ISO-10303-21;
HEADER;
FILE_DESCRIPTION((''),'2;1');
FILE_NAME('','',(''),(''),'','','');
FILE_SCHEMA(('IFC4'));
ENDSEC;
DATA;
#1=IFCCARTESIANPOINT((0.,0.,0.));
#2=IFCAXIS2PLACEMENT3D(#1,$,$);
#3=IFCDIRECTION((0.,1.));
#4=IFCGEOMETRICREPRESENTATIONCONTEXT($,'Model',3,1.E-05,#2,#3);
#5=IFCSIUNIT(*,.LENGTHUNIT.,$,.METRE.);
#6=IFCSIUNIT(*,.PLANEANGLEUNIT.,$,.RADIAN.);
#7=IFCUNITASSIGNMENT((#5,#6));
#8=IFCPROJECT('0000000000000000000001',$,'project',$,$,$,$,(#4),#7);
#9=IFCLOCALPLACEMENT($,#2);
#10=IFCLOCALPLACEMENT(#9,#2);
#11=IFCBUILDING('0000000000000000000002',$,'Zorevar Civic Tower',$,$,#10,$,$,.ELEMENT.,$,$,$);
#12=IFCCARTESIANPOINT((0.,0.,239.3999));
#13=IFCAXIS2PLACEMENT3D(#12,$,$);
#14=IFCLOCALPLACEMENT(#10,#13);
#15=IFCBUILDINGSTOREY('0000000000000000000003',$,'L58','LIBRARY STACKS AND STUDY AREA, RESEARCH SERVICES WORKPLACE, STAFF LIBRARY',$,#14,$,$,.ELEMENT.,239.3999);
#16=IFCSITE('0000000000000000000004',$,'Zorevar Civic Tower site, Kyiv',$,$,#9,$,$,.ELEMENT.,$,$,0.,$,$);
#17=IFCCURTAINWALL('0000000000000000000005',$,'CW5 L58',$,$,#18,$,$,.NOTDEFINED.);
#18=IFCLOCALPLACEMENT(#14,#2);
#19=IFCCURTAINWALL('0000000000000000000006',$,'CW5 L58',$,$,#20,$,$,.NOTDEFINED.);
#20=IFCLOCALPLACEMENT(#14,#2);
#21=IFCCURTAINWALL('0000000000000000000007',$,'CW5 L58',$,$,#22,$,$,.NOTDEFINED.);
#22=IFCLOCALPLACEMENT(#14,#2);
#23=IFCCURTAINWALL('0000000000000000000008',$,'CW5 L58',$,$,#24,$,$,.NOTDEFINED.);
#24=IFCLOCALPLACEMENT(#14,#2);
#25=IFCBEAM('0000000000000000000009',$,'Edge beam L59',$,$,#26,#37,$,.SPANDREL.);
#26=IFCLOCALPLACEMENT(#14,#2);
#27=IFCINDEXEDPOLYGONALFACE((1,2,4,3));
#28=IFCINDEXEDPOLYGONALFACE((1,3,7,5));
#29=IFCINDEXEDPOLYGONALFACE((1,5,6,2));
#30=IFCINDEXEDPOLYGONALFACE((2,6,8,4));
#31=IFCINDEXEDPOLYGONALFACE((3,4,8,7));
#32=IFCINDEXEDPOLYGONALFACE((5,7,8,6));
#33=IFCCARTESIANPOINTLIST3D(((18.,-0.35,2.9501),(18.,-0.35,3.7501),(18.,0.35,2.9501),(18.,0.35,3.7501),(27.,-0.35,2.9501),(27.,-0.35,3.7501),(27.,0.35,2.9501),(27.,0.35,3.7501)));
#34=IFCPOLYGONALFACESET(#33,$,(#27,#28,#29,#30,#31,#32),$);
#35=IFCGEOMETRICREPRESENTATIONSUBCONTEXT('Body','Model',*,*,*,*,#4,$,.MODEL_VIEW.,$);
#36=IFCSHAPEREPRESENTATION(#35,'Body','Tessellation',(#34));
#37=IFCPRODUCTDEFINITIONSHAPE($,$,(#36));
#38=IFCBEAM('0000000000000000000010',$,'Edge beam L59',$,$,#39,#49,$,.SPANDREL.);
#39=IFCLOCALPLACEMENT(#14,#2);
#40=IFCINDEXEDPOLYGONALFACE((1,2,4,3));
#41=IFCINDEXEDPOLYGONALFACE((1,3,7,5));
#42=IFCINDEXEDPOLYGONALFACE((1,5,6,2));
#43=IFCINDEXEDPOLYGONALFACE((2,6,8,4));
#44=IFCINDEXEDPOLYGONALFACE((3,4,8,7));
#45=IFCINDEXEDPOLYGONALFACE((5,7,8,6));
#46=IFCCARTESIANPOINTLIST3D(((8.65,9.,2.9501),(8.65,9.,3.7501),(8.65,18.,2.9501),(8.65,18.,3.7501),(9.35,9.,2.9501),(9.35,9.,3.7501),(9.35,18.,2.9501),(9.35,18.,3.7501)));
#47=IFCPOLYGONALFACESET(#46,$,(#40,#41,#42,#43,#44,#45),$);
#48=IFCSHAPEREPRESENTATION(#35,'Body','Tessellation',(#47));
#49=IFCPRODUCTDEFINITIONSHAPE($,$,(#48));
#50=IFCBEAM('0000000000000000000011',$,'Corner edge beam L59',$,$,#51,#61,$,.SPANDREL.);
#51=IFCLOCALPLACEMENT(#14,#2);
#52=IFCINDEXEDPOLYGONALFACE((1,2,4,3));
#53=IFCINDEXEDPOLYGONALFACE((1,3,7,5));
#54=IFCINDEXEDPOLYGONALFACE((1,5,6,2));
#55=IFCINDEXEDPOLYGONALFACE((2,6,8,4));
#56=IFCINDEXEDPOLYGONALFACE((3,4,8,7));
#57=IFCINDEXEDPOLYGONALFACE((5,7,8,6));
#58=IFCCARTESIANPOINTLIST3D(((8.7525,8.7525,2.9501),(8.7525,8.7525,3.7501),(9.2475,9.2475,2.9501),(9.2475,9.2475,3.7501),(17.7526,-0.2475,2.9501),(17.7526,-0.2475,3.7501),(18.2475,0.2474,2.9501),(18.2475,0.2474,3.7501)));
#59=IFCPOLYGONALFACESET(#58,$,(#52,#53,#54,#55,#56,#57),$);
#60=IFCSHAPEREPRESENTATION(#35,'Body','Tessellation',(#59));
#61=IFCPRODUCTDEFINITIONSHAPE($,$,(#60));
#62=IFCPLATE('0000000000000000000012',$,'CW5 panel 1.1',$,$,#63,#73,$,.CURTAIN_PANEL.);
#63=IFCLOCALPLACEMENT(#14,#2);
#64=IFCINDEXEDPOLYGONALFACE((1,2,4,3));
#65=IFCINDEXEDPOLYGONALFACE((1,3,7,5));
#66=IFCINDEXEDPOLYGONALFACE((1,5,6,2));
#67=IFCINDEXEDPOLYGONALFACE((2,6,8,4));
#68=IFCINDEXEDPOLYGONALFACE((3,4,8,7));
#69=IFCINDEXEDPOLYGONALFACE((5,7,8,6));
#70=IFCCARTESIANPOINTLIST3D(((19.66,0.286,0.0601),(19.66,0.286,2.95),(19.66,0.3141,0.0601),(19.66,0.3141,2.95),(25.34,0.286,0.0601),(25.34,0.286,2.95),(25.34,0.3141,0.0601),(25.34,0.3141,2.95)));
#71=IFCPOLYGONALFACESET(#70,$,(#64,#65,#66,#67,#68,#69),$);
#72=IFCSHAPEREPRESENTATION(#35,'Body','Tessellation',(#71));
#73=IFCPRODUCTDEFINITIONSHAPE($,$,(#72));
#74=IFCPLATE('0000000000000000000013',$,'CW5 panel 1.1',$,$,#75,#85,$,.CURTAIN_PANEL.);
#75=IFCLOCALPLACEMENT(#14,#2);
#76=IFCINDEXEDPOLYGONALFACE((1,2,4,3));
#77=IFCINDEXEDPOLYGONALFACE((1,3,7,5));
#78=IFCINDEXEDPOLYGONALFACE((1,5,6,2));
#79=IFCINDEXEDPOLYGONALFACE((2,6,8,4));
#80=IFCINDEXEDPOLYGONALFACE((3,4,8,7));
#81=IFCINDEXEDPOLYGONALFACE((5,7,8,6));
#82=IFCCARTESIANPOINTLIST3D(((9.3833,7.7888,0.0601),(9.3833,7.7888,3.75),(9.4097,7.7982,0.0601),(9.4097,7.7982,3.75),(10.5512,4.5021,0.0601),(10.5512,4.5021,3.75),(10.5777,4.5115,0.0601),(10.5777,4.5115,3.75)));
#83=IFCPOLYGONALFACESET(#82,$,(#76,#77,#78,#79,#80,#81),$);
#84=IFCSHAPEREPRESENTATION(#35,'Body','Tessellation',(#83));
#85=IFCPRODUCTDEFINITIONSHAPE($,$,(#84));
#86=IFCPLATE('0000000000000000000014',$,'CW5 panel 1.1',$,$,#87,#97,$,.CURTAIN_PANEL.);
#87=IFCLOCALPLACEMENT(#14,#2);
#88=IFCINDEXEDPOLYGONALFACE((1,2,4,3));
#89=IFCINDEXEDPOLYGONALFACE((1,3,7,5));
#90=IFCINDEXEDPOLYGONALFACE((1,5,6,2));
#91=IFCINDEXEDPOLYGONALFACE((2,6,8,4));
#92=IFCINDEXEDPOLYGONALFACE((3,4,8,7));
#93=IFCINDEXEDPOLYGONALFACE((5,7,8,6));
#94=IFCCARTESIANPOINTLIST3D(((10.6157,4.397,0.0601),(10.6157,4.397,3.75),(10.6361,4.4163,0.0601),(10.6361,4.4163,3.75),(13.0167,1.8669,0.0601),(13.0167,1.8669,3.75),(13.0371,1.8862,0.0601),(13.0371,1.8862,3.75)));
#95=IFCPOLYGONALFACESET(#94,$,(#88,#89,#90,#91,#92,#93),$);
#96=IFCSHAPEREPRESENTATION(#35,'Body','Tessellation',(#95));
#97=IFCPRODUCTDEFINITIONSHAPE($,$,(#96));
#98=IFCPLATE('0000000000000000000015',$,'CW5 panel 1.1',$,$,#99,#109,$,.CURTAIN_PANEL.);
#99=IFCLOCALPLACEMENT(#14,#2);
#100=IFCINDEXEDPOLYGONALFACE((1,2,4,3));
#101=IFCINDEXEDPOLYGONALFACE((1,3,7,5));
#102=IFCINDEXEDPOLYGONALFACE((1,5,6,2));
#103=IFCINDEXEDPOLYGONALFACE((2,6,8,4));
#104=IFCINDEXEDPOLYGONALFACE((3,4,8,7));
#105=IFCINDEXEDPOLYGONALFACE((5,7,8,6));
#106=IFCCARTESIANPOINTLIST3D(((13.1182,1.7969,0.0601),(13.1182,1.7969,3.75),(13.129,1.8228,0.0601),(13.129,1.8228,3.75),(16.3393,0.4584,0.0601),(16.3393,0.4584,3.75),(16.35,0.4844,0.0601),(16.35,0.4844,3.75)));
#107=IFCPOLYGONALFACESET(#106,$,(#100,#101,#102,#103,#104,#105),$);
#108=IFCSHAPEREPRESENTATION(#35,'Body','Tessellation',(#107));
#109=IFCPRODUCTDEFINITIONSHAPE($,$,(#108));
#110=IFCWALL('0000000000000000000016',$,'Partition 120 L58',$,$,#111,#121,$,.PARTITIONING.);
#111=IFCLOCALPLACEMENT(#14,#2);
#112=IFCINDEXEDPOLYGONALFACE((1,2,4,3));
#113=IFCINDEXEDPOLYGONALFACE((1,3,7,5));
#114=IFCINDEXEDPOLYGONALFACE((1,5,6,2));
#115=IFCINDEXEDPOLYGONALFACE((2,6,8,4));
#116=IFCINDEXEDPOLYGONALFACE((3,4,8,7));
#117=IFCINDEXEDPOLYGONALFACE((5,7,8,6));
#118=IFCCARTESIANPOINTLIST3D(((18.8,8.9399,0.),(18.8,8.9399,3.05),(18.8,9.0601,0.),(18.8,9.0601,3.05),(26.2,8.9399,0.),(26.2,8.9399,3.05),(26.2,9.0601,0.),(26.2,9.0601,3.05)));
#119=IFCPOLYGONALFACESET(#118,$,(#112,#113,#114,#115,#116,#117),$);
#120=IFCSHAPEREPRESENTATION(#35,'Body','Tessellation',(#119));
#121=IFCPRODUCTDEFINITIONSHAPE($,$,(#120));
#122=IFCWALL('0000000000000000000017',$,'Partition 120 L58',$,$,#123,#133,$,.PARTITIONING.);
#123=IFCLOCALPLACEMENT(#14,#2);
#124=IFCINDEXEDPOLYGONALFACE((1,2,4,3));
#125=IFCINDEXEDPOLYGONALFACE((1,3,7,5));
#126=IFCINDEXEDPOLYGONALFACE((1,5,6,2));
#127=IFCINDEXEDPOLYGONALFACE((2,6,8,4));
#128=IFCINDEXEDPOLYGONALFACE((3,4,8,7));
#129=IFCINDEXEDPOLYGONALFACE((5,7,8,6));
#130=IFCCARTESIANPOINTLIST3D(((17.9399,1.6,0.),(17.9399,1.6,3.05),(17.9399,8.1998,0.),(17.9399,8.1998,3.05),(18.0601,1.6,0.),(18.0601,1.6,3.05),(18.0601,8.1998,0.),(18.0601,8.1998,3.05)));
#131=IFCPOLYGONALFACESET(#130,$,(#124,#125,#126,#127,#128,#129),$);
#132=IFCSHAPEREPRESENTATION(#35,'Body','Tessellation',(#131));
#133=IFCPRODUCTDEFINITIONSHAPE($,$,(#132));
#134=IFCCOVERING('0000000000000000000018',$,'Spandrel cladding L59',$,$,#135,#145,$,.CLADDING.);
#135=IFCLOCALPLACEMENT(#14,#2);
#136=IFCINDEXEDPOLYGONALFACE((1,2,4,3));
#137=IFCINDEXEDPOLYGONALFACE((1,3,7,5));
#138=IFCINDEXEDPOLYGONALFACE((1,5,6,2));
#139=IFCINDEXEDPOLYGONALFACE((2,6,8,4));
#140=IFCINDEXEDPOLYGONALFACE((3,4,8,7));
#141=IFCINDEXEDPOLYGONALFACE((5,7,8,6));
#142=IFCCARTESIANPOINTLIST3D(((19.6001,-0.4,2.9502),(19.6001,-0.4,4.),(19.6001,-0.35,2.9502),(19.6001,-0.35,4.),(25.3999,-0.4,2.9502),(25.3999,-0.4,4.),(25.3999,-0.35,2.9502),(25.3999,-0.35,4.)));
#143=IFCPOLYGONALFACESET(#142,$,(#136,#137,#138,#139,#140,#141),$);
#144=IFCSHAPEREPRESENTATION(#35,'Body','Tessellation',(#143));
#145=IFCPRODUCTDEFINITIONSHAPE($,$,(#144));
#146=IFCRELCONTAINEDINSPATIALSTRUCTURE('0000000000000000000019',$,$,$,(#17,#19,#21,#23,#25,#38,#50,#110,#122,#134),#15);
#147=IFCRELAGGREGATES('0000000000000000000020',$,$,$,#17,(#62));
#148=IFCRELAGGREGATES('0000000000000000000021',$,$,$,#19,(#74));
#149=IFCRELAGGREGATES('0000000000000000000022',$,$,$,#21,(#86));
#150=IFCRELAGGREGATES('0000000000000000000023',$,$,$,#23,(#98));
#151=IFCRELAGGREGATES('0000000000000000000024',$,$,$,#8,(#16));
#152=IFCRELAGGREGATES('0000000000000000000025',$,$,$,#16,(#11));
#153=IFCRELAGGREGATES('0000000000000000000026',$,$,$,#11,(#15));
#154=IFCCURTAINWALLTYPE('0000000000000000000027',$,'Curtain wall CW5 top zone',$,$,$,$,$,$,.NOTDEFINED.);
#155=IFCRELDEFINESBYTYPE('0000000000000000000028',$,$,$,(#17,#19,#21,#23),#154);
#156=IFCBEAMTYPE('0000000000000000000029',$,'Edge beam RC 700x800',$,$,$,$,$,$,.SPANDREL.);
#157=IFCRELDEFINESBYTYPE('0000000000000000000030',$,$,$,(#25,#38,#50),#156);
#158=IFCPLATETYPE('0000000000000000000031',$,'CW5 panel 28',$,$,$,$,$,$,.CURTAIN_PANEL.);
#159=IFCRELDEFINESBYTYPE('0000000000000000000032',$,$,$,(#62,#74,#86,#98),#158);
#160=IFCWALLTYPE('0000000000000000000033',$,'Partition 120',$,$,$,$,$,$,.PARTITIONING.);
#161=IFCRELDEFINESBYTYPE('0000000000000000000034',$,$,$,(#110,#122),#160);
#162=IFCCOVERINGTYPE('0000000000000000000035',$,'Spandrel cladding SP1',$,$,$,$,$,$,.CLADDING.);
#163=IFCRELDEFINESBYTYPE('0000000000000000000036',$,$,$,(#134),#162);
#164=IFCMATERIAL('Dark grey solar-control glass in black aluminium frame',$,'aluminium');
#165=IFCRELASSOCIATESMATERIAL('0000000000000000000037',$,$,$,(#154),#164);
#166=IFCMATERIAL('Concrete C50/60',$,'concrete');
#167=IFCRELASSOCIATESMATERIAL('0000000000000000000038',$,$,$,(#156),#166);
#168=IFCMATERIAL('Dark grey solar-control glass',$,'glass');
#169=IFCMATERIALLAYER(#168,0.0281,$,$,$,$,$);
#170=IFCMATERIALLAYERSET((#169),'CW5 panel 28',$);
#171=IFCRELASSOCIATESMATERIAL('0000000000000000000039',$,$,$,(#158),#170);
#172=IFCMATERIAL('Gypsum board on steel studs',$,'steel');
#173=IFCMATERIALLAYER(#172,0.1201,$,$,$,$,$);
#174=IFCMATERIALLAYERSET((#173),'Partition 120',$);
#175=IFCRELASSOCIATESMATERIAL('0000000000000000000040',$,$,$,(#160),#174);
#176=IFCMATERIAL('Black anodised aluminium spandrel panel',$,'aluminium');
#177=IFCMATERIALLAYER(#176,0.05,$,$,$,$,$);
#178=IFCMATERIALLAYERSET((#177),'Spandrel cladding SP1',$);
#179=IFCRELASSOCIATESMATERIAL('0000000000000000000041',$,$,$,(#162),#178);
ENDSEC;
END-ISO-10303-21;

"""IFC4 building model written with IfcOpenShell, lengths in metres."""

from ifc_helpers import new_model, si_unit, direction, frame, frame_2d, origin, origin_2d, place, context, subcontext, project, spatial, rectangle, extrude, material, layer, layer_set, material_profile, profile_set, type_object, element, aggregate, save


model = new_model("IFC4")

# Units and contexts
model_context = context("Model", 3, precision=1e-05, world=origin(), true_north=direction((0.0, 1.0)))
body_context = subcontext(model_context, "Body", "Model", "MODEL_VIEW")
ifc_project = project(units=[si_unit("LENGTHUNIT", "METRE"), si_unit("PLANEANGLEUNIT", "RADIAN")], contexts=[model_context])

# Site, building, storey
site_placement = place(None, origin())
site = spatial("IfcSite", under=ifc_project, at=site_placement, Name="Zorevar Civic Tower site, Kyiv", CompositionType="ELEMENT", RefElevation=0.0)
building_placement = place(site_placement, origin())
building = spatial("IfcBuilding", under=site, at=building_placement, Name="Zorevar Civic Tower", CompositionType="ELEMENT")
storey_placement = place(building_placement, frame((0.0, 0.0, 239.3999)))
storey = spatial("IfcBuildingStorey", under=building, at=storey_placement, Name="L58", Description="LIBRARY STACKS AND STUDY AREA, RESEARCH SERVICES WORKPLACE, STAFF LIBRARY", CompositionType="ELEMENT", Elevation=239.3999)

# Curtain wall
ifc_material_1 = material(Name="Dark grey solar-control glass in black aluminium frame", Category="aluminium")
curtain_wall_type = type_object("IfcCurtainWallType", Name="Curtain wall CW5 top zone", PredefinedType="NOTDEFINED", material=ifc_material_1)
curtain_wall_1_placement = place(storey_placement, origin())
curtain_wall_1 = element("IfcCurtainWall", 1, at=curtain_wall_1_placement, inside=storey, type_object=curtain_wall_type, Name="CW5 L58", PredefinedType="NOTDEFINED")

# Curtain walls
curtain_wall_2_placement = place(storey_placement, origin())
curtain_wall_2 = element("IfcCurtainWall", 2, at=curtain_wall_2_placement, inside=storey, type_object=curtain_wall_type, Name="CW5 L58", PredefinedType="NOTDEFINED")
curtain_wall_3_placement = place(storey_placement, origin())
curtain_wall_3 = element("IfcCurtainWall", 3, at=curtain_wall_3_placement, inside=storey, type_object=curtain_wall_type, Name="CW5 L58", PredefinedType="NOTDEFINED")
curtain_wall_4_placement = place(storey_placement, origin())
curtain_wall_4 = element("IfcCurtainWall", 4, at=curtain_wall_4_placement, inside=storey, type_object=curtain_wall_type, Name="CW5 L58", PredefinedType="NOTDEFINED")

# Beams
ifc_material_2 = material(Name="Concrete C50/60", Category="concrete")
ifc_material_profile_1 = material_profile(ifc_material_2, rectangle(XDim=0.7, YDim=0.8, at=origin_2d()), Name="RC 700x800")
ifc_profile_set_1 = profile_set([ifc_material_profile_1], Name="Concrete C50/60")
beam_type_1 = type_object("IfcBeamType", Name="Edge beam RC 700x800", PredefinedType="SPANDREL", material=ifc_profile_set_1)
for number, where, z_axis, x_axis, name in (
    (5, (18.0, 0.0, 3.3501), (1.0, 0.0, 0.0), (0.0, 1.0, 0.0), "Edge beam L59"),
    (6, (9.0, 9.0, 3.3501), (0.0, 1.0, 0.0), (-1.0, 0.0, 0.0), "Edge beam L59"),
):
    element("IfcBeam", number, at=place(storey_placement, frame(where, z_axis=z_axis, x_axis=x_axis)), inside=storey, type_object=beam_type_1, Name=name, PredefinedType="SPANDREL", context=body_context, shape_type="SweptSolid", body=[
        extrude(rectangle(XDim=0.7, YDim=0.8, at=origin_2d()), origin(), (0.0, 0.0, 1.0), 9.0),
    ])
beam_1_placement = place(storey_placement, frame((9.0, 9.0, 3.3501), z_axis=(0.707107, -0.707107, 0.0), x_axis=(0.707107, 0.707107, 0.0)))
element("IfcBeam", 7, at=beam_1_placement, inside=storey, type_object=beam_type_1, Name="Corner edge beam L59", PredefinedType="SPANDREL", context=body_context, shape_type="SweptSolid", body=[
    extrude(rectangle(XDim=0.7, YDim=0.8, at=origin_2d()), origin(), (0.0, 0.0, 1.0), 12.728),
])

# Plates
ifc_material_3 = material(Name="Dark grey solar-control glass", Category="glass")
ifc_layer_1 = layer(ifc_material_3, 0.0281)
ifc_layer_set_1 = layer_set([ifc_layer_1], Name="CW5 panel 28")
plate_type = type_object("IfcPlateType", Name="CW5 panel 28", PredefinedType="CURTAIN_PANEL", material=ifc_layer_set_1)
plate_1_placement = place(storey_placement, frame((22.5, 0.3, 0.0601), z_axis=(0.0, 0.0, 1.0), x_axis=(1.0, 0.0, 0.0)))
plate_1 = element("IfcPlate", 8, at=plate_1_placement, type_object=plate_type, Name="CW5 panel 1.1", PredefinedType="CURTAIN_PANEL", context=body_context, shape_type="SweptSolid", body=[
    extrude(rectangle(XDim=5.6799, YDim=0.0281, at=origin_2d()), origin(), (0.0, 0.0, 1.0), 2.8899),
])
aggregate(curtain_wall_1, [plate_1])
plate_2_placement = place(storey_placement, frame((9.9805, 6.1501, 0.0601), z_axis=(0.0, 0.0, 1.0), x_axis=(0.334845, -0.942273, 0.0)))
plate_2 = element("IfcPlate", 9, at=plate_2_placement, type_object=plate_type, Name="CW5 panel 1.1", PredefinedType="CURTAIN_PANEL", context=body_context, shape_type="SweptSolid", body=[
    extrude(rectangle(XDim=3.488, YDim=0.0281, at=origin_2d()), origin(), (0.0, 0.0, 1.0), 3.6899),
])
aggregate(curtain_wall_2, [plate_2])
plate_3_placement = place(storey_placement, frame((11.8264, 3.1416, 0.0601), z_axis=(0.0, 0.0, 1.0), x_axis=(0.688344, -0.725384, 0.0)))
plate_3 = element("IfcPlate", 10, at=plate_3_placement, type_object=plate_type, Name="CW5 panel 1.1", PredefinedType="CURTAIN_PANEL", context=body_context, shape_type="SweptSolid", body=[
    extrude(rectangle(XDim=3.488, YDim=0.0281, at=origin_2d()), origin(), (0.0, 0.0, 1.0), 3.6899),
])
aggregate(curtain_wall_3, [plate_3])
plate_4_placement = place(storey_placement, frame((14.7341, 1.1406, 0.0601), z_axis=(0.0, 0.0, 1.0), x_axis=(0.923446, -0.383728, 0.0)))
plate_4 = element("IfcPlate", 11, at=plate_4_placement, type_object=plate_type, Name="CW5 panel 1.1", PredefinedType="CURTAIN_PANEL", context=body_context, shape_type="SweptSolid", body=[
    extrude(rectangle(XDim=3.488, YDim=0.0281, at=origin_2d()), origin(), (0.0, 0.0, 1.0), 3.6899),
])
aggregate(curtain_wall_4, [plate_4])

# Walls
ifc_material_4 = material(Name="Gypsum board on steel studs", Category="steel")
ifc_layer_2 = layer(ifc_material_4, 0.1201)
ifc_layer_set_2 = layer_set([ifc_layer_2], Name="Partition 120")
wall_type = type_object("IfcWallType", Name="Partition 120", PredefinedType="PARTITIONING", material=ifc_layer_set_2)
wall_1_placement = place(storey_placement, frame((18.8, 9.0, 0.0), z_axis=(0.0, 0.0, 1.0), x_axis=(1.0, 0.0, 0.0)))
element("IfcWall", 12, at=wall_1_placement, inside=storey, type_object=wall_type, Name="Partition 120 L58", PredefinedType="PARTITIONING", context=body_context, shape_type="SweptSolid", body=[
    extrude(rectangle(XDim=7.3999, YDim=0.1201, at=frame_2d((3.7, 0.0))), origin(), (0.0, 0.0, 1.0), 3.05),
])
wall_2_placement = place(storey_placement, frame((18.0, 1.6001, 0.0), z_axis=(0.0, 0.0, 1.0), x_axis=(0.0, 1.0, 0.0)))
element("IfcWall", 13, at=wall_2_placement, inside=storey, type_object=wall_type, Name="Partition 120 L58", PredefinedType="PARTITIONING", context=body_context, shape_type="SweptSolid", body=[
    extrude(rectangle(XDim=6.5999, YDim=0.1201, at=frame_2d((3.2998, 0.0))), origin(), (0.0, 0.0, 1.0), 3.05),
])

# Covering
ifc_material_5 = material(Name="Black anodised aluminium spandrel panel", Category="aluminium")
ifc_layer_3 = layer(ifc_material_5, 0.05)
ifc_layer_set_3 = layer_set([ifc_layer_3], Name="Spandrel cladding SP1")
covering_type = type_object("IfcCoveringType", Name="Spandrel cladding SP1", PredefinedType="CLADDING", material=ifc_layer_set_3)
covering_placement = place(storey_placement, frame((19.6001, -0.375, 2.9502), z_axis=(0.0, 0.0, 1.0), x_axis=(1.0, 0.0, 0.0)))
element("IfcCovering", 14, at=covering_placement, inside=storey, type_object=covering_type, Name="Spandrel cladding L59", PredefinedType="CLADDING", context=body_context, shape_type="SweptSolid", body=[
    extrude(rectangle(XDim=5.7998, YDim=0.05, at=frame_2d((2.8999, 0.0))), origin(), (0.0, 0.0, 1.0), 1.0498),
])

save(model, "model.ifc")
